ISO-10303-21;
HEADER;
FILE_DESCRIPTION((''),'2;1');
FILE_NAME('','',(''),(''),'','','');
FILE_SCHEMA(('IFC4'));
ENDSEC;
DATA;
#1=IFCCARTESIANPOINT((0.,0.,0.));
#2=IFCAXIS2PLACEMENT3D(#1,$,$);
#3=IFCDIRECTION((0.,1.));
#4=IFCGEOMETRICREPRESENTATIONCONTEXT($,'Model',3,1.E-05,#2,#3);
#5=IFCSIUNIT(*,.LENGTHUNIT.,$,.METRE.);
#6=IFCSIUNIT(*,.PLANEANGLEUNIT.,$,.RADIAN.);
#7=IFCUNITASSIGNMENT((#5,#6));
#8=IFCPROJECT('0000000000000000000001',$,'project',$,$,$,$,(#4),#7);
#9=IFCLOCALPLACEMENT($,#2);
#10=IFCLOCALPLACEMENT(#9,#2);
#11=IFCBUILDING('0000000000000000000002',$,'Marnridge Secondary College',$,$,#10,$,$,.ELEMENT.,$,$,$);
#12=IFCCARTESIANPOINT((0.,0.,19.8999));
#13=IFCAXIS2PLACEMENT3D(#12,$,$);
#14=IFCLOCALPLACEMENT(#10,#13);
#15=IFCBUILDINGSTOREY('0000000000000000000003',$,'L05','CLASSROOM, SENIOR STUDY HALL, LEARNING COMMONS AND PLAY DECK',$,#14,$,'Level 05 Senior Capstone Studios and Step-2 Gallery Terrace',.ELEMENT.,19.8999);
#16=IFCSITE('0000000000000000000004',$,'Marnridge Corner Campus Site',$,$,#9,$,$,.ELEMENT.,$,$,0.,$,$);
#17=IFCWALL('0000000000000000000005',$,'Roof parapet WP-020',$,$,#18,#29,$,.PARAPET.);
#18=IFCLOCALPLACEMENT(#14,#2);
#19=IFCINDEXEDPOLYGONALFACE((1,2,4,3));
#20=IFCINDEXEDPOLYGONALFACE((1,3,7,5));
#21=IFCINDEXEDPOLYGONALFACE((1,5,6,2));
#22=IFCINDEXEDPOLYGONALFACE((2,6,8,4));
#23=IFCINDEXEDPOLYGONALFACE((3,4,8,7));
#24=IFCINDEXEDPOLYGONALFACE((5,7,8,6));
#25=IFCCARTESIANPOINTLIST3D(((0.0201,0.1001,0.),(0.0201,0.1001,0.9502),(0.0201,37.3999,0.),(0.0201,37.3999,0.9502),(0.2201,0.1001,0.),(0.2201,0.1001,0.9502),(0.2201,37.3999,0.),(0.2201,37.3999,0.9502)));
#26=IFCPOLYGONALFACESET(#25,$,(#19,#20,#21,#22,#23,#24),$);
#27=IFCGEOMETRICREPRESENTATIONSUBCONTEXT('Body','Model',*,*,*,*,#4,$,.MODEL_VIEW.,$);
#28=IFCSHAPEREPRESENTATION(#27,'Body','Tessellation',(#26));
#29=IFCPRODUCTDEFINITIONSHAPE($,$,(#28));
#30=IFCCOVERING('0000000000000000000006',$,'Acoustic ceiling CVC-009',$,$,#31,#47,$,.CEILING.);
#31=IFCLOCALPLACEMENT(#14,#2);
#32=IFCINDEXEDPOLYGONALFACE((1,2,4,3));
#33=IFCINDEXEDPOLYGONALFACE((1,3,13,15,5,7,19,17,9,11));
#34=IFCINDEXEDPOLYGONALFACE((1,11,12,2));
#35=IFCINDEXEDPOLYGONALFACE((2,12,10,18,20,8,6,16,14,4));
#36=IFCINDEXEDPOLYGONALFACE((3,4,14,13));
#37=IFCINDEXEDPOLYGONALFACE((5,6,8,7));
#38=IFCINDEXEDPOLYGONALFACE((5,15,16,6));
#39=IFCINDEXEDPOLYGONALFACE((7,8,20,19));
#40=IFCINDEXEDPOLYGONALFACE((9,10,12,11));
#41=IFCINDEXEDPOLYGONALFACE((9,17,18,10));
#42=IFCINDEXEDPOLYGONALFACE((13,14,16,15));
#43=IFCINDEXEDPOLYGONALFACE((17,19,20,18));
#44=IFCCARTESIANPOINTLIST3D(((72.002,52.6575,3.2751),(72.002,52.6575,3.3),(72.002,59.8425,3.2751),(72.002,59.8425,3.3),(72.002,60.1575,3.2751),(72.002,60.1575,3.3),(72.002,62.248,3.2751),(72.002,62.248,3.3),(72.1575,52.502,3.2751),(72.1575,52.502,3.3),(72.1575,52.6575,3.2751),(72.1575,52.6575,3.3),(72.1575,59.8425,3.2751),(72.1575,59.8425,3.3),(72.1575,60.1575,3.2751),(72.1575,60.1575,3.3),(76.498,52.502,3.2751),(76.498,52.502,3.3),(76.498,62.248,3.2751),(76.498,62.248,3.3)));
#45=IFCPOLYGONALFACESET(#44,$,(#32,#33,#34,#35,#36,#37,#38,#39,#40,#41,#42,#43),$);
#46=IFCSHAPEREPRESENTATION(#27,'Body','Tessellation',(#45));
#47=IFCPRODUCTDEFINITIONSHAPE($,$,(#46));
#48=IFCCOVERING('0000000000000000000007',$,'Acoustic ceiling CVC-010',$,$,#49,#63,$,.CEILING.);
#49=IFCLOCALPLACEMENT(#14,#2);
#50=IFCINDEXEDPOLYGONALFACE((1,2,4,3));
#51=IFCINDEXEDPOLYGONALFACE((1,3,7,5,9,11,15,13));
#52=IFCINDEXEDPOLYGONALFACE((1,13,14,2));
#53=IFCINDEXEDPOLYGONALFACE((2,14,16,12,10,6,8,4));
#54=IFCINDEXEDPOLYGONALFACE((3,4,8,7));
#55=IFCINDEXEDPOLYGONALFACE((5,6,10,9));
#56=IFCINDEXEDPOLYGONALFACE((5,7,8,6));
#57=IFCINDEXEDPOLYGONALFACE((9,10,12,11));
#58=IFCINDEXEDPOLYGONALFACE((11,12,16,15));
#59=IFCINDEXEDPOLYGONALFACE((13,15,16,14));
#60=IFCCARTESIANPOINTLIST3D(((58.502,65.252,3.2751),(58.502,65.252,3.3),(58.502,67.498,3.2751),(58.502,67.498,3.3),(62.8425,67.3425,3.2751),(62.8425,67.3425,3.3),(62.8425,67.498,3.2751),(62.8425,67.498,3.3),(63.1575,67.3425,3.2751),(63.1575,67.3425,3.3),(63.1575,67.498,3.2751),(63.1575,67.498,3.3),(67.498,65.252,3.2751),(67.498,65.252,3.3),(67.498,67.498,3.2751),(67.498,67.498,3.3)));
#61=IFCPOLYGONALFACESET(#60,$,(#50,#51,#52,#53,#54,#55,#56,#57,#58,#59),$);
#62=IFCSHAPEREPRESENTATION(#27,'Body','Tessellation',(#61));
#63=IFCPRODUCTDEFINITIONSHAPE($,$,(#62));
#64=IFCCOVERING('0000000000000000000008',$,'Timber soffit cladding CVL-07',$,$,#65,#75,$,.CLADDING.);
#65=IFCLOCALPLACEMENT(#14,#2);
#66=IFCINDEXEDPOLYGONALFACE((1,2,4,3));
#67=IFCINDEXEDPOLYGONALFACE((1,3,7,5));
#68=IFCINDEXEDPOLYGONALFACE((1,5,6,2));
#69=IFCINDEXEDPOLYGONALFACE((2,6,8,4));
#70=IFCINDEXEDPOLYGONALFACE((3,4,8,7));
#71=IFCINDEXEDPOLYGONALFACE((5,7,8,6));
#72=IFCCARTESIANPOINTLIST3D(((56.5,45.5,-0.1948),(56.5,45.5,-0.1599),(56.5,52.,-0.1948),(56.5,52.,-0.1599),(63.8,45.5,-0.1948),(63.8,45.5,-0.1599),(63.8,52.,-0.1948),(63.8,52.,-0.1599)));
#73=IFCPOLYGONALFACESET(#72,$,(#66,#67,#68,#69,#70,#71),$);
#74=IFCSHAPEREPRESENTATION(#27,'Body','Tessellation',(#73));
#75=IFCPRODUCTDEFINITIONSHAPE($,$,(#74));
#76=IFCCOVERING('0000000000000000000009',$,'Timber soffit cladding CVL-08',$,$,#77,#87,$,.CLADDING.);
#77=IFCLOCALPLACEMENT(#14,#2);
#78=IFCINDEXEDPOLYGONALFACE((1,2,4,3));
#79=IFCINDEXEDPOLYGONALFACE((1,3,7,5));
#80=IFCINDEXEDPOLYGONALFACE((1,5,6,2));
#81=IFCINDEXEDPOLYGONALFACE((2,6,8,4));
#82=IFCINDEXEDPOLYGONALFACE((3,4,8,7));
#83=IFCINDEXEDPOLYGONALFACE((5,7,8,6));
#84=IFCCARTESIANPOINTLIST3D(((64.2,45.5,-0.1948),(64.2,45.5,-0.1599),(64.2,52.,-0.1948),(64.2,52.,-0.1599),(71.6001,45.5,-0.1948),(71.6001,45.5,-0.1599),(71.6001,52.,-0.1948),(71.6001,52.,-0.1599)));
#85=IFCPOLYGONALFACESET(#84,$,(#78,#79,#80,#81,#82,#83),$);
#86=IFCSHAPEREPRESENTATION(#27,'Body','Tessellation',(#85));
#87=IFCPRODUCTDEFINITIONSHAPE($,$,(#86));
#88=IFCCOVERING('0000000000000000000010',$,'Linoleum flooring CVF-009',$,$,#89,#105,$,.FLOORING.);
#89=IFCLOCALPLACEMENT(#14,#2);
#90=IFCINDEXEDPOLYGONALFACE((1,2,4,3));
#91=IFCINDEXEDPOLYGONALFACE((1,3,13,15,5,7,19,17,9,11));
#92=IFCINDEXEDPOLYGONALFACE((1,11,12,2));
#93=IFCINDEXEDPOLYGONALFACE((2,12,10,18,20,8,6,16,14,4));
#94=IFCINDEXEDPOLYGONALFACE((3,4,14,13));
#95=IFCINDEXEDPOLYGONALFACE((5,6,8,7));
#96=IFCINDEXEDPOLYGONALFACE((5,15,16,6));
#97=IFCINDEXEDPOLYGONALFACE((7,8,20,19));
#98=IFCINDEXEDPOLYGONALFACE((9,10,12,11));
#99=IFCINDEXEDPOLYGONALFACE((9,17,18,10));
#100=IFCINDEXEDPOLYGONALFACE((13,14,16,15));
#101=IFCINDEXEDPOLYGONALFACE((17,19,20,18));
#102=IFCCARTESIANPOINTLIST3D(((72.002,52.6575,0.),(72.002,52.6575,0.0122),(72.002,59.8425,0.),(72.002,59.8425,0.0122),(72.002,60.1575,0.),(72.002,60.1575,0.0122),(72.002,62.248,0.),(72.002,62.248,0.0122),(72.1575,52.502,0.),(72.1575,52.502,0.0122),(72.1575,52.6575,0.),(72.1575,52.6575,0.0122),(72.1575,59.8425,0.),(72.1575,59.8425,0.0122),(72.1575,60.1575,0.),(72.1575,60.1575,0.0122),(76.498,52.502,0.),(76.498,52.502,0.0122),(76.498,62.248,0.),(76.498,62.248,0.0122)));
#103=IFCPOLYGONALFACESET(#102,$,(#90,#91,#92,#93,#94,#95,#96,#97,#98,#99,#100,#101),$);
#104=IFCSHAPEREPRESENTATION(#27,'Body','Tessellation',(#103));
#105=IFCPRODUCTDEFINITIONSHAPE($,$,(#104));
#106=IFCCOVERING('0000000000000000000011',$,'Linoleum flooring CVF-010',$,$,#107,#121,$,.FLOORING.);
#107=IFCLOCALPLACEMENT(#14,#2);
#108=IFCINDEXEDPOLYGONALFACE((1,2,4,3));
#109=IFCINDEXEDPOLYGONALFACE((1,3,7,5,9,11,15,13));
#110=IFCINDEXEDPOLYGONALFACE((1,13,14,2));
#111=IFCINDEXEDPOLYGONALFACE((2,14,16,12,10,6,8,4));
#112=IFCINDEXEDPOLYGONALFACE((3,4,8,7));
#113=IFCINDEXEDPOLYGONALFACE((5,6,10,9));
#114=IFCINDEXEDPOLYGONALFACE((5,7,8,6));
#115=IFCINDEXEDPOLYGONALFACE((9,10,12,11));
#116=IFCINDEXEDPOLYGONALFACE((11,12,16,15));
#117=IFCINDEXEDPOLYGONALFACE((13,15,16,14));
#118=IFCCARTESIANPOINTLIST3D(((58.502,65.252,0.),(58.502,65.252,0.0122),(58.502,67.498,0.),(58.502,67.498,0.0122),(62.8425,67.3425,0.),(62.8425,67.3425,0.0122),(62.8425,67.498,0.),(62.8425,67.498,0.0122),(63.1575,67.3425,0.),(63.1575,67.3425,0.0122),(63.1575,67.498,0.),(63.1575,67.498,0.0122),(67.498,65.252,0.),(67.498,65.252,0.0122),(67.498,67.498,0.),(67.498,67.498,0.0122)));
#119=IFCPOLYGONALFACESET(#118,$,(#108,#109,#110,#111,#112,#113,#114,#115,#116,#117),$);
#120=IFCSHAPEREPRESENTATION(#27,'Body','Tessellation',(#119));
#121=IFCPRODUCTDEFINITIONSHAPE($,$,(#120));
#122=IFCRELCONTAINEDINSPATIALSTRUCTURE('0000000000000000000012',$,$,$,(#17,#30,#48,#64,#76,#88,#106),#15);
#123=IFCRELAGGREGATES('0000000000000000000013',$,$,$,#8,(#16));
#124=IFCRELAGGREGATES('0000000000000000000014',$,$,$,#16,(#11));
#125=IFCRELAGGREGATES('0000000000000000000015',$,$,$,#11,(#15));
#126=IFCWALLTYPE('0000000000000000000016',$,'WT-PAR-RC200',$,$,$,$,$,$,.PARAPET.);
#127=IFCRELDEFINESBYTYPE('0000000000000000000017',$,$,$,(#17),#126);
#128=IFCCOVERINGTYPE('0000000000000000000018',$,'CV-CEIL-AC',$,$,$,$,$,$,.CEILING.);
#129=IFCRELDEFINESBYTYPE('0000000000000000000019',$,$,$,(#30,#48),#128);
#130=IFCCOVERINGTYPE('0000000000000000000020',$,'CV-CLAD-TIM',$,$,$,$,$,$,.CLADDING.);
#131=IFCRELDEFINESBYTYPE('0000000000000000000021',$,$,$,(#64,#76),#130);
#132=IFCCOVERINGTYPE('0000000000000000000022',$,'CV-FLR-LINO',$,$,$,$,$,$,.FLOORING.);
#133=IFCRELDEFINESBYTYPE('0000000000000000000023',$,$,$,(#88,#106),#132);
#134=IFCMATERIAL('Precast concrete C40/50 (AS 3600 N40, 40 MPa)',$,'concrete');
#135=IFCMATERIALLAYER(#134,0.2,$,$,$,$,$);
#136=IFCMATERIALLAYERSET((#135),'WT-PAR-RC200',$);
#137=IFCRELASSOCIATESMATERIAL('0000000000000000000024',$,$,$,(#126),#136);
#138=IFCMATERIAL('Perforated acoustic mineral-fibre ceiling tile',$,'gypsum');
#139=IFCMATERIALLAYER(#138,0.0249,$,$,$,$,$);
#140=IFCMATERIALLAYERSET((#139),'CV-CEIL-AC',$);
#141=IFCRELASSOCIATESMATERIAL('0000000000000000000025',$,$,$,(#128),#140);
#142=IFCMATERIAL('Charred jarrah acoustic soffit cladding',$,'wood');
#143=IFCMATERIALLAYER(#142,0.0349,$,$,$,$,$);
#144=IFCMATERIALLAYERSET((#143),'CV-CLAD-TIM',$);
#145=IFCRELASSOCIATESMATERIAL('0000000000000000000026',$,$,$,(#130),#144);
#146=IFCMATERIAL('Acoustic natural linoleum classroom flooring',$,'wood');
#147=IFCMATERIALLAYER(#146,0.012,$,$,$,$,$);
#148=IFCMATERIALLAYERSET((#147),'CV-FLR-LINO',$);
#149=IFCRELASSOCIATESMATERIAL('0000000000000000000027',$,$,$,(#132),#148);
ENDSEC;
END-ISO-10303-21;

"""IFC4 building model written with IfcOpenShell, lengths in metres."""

from ifc_helpers import new_model, si_unit, direction, frame, frame_2d, origin, place, context, subcontext, project, spatial, polyline, rectangle, outline, extrude, material, layer, layer_set, type_object, element, save


model = new_model("IFC4")

# Units and contexts
model_context = context("Model", 3, precision=1e-05, world=origin(), true_north=direction((0.0, 1.0)))
body_context = subcontext(model_context, "Body", "Model", "MODEL_VIEW")
ifc_project = project(units=[si_unit("LENGTHUNIT", "METRE"), si_unit("PLANEANGLEUNIT", "RADIAN")], contexts=[model_context])

# Site, building, storey
site_placement = place(None, origin())
site = spatial("IfcSite", under=ifc_project, at=site_placement, Name="Marnridge Corner Campus Site", CompositionType="ELEMENT", RefElevation=0.0)
building_placement = place(site_placement, origin())
building = spatial("IfcBuilding", under=site, at=building_placement, Name="Marnridge Secondary College", CompositionType="ELEMENT")
storey_placement = place(building_placement, frame((0.0, 0.0, 19.8999)))
storey = spatial("IfcBuildingStorey", under=building, at=storey_placement, Name="L05", Description="CLASSROOM, SENIOR STUDY HALL, LEARNING COMMONS AND PLAY DECK", LongName="Level 05 Senior Capstone Studios and Step-2 Gallery Terrace", CompositionType="ELEMENT", Elevation=19.8999)

# Wall
ifc_material_1 = material(Name="Precast concrete C40/50 (AS 3600 N40, 40 MPa)", Category="concrete")
ifc_layer_1 = layer(ifc_material_1, 0.2)
ifc_layer_set_1 = layer_set([ifc_layer_1], Name="WT-PAR-RC200")
wall_type_1 = type_object("IfcWallType", Name="WT-PAR-RC200", PredefinedType="PARAPET", material=ifc_layer_set_1)
wall_1_placement = place(storey_placement, frame((0.1201, 0.1001, 0.0), z_axis=(0.0, 0.0, 1.0), x_axis=(0.0, 1.0, 0.0)))
element("IfcWall", 1, at=wall_1_placement, inside=storey, type_object=wall_type_1, Name="Roof parapet WP-020", PredefinedType="PARAPET", context=body_context, shape_type="SweptSolid", body=[
    extrude(rectangle(XDim=37.2998, YDim=0.2, at=frame_2d((18.6499, 0.0))), origin(), (0.0, 0.0, 1.0), 0.9502),
])

# Coverings
ifc_material_2 = material(Name="Perforated acoustic mineral-fibre ceiling tile", Category="gypsum")
ifc_layer_2 = layer(ifc_material_2, 0.0249)
ifc_layer_set_2 = layer_set([ifc_layer_2], Name="CV-CEIL-AC")
covering_type_1 = type_object("IfcCoveringType", Name="CV-CEIL-AC", PredefinedType="CEILING", material=ifc_layer_set_2)
covering_1_placement = place(storey_placement, frame((0.0, 0.0, 3.2751)))
element("IfcCovering", 2, at=covering_1_placement, inside=storey, type_object=covering_type_1, Name="Acoustic ceiling CVC-009", PredefinedType="CEILING", context=body_context, shape_type="SweptSolid", body=[
    extrude(outline(polyline([(72.1575, 52.6575), (72.002, 52.6575), (72.002, 59.8425), (72.1575, 59.8425), (72.1575, 60.1575), (72.002, 60.1575), (72.002, 62.248), (76.498, 62.248), (76.498, 52.502), (72.1575, 52.502), (72.1575, 52.6575)])), origin(), (0.0, 0.0, 1.0), 0.0249),
])
covering_2_placement = place(storey_placement, frame((0.0, 0.0, 3.2751)))
element("IfcCovering", 3, at=covering_2_placement, inside=storey, type_object=covering_type_1, Name="Acoustic ceiling CVC-010", PredefinedType="CEILING", context=body_context, shape_type="SweptSolid", body=[
    extrude(outline(polyline([(67.498, 65.252), (58.502, 65.252), (58.502, 67.498), (62.8425, 67.498), (62.8425, 67.3425), (63.1575, 67.3425), (63.1575, 67.498), (67.498, 67.498), (67.498, 65.252)])), origin(), (0.0, 0.0, 1.0), 0.0249),
])
ifc_material_3 = material(Name="Charred jarrah acoustic soffit cladding", Category="wood")
ifc_layer_3 = layer(ifc_material_3, 0.0349)
ifc_layer_set_3 = layer_set([ifc_layer_3], Name="CV-CLAD-TIM")
covering_type_2 = type_object("IfcCoveringType", Name="CV-CLAD-TIM", PredefinedType="CLADDING", material=ifc_layer_set_3)
covering_3_placement = place(storey_placement, frame((0.0, 0.0, -0.1948)))
element("IfcCovering", 4, at=covering_3_placement, inside=storey, type_object=covering_type_2, Name="Timber soffit cladding CVL-07", PredefinedType="CLADDING", context=body_context, shape_type="SweptSolid", body=[
    extrude(outline(polyline([(56.5, 45.5), (63.8, 45.5), (63.8, 52.0), (56.5, 52.0), (56.5, 45.5)])), origin(), (0.0, 0.0, 1.0), 0.0349),
])
covering_4_placement = place(storey_placement, frame((0.0, 0.0, -0.1948)))
element("IfcCovering", 5, at=covering_4_placement, inside=storey, type_object=covering_type_2, Name="Timber soffit cladding CVL-08", PredefinedType="CLADDING", context=body_context, shape_type="SweptSolid", body=[
    extrude(outline(polyline([(64.2, 45.5), (71.6001, 45.5), (71.6001, 52.0), (64.2, 52.0), (64.2, 45.5)])), origin(), (0.0, 0.0, 1.0), 0.0349),
])
ifc_material_4 = material(Name="Acoustic natural linoleum classroom flooring", Category="wood")
ifc_layer_4 = layer(ifc_material_4, 0.012)
ifc_layer_set_4 = layer_set([ifc_layer_4], Name="CV-FLR-LINO")
covering_type_3 = type_object("IfcCoveringType", Name="CV-FLR-LINO", PredefinedType="FLOORING", material=ifc_layer_set_4)
covering_5_placement = place(storey_placement, origin())
element("IfcCovering", 6, at=covering_5_placement, inside=storey, type_object=covering_type_3, Name="Linoleum flooring CVF-009", PredefinedType="FLOORING", context=body_context, shape_type="SweptSolid", body=[
    extrude(outline(polyline([(72.1575, 52.6575), (72.002, 52.6575), (72.002, 59.8425), (72.1575, 59.8425), (72.1575, 60.1575), (72.002, 60.1575), (72.002, 62.248), (76.498, 62.248), (76.498, 52.502), (72.1575, 52.502), (72.1575, 52.6575)])), origin(), (0.0, 0.0, 1.0), 0.0122),
])
covering_6_placement = place(storey_placement, origin())
element("IfcCovering", 7, at=covering_6_placement, inside=storey, type_object=covering_type_3, Name="Linoleum flooring CVF-010", PredefinedType="FLOORING", context=body_context, shape_type="SweptSolid", body=[
    extrude(outline(polyline([(67.498, 65.252), (58.502, 65.252), (58.502, 67.498), (62.8425, 67.498), (62.8425, 67.3425), (63.1575, 67.3425), (63.1575, 67.498), (67.498, 67.498), (67.498, 65.252)])), origin(), (0.0, 0.0, 1.0), 0.0122),
])

save(model, "model.ifc")
